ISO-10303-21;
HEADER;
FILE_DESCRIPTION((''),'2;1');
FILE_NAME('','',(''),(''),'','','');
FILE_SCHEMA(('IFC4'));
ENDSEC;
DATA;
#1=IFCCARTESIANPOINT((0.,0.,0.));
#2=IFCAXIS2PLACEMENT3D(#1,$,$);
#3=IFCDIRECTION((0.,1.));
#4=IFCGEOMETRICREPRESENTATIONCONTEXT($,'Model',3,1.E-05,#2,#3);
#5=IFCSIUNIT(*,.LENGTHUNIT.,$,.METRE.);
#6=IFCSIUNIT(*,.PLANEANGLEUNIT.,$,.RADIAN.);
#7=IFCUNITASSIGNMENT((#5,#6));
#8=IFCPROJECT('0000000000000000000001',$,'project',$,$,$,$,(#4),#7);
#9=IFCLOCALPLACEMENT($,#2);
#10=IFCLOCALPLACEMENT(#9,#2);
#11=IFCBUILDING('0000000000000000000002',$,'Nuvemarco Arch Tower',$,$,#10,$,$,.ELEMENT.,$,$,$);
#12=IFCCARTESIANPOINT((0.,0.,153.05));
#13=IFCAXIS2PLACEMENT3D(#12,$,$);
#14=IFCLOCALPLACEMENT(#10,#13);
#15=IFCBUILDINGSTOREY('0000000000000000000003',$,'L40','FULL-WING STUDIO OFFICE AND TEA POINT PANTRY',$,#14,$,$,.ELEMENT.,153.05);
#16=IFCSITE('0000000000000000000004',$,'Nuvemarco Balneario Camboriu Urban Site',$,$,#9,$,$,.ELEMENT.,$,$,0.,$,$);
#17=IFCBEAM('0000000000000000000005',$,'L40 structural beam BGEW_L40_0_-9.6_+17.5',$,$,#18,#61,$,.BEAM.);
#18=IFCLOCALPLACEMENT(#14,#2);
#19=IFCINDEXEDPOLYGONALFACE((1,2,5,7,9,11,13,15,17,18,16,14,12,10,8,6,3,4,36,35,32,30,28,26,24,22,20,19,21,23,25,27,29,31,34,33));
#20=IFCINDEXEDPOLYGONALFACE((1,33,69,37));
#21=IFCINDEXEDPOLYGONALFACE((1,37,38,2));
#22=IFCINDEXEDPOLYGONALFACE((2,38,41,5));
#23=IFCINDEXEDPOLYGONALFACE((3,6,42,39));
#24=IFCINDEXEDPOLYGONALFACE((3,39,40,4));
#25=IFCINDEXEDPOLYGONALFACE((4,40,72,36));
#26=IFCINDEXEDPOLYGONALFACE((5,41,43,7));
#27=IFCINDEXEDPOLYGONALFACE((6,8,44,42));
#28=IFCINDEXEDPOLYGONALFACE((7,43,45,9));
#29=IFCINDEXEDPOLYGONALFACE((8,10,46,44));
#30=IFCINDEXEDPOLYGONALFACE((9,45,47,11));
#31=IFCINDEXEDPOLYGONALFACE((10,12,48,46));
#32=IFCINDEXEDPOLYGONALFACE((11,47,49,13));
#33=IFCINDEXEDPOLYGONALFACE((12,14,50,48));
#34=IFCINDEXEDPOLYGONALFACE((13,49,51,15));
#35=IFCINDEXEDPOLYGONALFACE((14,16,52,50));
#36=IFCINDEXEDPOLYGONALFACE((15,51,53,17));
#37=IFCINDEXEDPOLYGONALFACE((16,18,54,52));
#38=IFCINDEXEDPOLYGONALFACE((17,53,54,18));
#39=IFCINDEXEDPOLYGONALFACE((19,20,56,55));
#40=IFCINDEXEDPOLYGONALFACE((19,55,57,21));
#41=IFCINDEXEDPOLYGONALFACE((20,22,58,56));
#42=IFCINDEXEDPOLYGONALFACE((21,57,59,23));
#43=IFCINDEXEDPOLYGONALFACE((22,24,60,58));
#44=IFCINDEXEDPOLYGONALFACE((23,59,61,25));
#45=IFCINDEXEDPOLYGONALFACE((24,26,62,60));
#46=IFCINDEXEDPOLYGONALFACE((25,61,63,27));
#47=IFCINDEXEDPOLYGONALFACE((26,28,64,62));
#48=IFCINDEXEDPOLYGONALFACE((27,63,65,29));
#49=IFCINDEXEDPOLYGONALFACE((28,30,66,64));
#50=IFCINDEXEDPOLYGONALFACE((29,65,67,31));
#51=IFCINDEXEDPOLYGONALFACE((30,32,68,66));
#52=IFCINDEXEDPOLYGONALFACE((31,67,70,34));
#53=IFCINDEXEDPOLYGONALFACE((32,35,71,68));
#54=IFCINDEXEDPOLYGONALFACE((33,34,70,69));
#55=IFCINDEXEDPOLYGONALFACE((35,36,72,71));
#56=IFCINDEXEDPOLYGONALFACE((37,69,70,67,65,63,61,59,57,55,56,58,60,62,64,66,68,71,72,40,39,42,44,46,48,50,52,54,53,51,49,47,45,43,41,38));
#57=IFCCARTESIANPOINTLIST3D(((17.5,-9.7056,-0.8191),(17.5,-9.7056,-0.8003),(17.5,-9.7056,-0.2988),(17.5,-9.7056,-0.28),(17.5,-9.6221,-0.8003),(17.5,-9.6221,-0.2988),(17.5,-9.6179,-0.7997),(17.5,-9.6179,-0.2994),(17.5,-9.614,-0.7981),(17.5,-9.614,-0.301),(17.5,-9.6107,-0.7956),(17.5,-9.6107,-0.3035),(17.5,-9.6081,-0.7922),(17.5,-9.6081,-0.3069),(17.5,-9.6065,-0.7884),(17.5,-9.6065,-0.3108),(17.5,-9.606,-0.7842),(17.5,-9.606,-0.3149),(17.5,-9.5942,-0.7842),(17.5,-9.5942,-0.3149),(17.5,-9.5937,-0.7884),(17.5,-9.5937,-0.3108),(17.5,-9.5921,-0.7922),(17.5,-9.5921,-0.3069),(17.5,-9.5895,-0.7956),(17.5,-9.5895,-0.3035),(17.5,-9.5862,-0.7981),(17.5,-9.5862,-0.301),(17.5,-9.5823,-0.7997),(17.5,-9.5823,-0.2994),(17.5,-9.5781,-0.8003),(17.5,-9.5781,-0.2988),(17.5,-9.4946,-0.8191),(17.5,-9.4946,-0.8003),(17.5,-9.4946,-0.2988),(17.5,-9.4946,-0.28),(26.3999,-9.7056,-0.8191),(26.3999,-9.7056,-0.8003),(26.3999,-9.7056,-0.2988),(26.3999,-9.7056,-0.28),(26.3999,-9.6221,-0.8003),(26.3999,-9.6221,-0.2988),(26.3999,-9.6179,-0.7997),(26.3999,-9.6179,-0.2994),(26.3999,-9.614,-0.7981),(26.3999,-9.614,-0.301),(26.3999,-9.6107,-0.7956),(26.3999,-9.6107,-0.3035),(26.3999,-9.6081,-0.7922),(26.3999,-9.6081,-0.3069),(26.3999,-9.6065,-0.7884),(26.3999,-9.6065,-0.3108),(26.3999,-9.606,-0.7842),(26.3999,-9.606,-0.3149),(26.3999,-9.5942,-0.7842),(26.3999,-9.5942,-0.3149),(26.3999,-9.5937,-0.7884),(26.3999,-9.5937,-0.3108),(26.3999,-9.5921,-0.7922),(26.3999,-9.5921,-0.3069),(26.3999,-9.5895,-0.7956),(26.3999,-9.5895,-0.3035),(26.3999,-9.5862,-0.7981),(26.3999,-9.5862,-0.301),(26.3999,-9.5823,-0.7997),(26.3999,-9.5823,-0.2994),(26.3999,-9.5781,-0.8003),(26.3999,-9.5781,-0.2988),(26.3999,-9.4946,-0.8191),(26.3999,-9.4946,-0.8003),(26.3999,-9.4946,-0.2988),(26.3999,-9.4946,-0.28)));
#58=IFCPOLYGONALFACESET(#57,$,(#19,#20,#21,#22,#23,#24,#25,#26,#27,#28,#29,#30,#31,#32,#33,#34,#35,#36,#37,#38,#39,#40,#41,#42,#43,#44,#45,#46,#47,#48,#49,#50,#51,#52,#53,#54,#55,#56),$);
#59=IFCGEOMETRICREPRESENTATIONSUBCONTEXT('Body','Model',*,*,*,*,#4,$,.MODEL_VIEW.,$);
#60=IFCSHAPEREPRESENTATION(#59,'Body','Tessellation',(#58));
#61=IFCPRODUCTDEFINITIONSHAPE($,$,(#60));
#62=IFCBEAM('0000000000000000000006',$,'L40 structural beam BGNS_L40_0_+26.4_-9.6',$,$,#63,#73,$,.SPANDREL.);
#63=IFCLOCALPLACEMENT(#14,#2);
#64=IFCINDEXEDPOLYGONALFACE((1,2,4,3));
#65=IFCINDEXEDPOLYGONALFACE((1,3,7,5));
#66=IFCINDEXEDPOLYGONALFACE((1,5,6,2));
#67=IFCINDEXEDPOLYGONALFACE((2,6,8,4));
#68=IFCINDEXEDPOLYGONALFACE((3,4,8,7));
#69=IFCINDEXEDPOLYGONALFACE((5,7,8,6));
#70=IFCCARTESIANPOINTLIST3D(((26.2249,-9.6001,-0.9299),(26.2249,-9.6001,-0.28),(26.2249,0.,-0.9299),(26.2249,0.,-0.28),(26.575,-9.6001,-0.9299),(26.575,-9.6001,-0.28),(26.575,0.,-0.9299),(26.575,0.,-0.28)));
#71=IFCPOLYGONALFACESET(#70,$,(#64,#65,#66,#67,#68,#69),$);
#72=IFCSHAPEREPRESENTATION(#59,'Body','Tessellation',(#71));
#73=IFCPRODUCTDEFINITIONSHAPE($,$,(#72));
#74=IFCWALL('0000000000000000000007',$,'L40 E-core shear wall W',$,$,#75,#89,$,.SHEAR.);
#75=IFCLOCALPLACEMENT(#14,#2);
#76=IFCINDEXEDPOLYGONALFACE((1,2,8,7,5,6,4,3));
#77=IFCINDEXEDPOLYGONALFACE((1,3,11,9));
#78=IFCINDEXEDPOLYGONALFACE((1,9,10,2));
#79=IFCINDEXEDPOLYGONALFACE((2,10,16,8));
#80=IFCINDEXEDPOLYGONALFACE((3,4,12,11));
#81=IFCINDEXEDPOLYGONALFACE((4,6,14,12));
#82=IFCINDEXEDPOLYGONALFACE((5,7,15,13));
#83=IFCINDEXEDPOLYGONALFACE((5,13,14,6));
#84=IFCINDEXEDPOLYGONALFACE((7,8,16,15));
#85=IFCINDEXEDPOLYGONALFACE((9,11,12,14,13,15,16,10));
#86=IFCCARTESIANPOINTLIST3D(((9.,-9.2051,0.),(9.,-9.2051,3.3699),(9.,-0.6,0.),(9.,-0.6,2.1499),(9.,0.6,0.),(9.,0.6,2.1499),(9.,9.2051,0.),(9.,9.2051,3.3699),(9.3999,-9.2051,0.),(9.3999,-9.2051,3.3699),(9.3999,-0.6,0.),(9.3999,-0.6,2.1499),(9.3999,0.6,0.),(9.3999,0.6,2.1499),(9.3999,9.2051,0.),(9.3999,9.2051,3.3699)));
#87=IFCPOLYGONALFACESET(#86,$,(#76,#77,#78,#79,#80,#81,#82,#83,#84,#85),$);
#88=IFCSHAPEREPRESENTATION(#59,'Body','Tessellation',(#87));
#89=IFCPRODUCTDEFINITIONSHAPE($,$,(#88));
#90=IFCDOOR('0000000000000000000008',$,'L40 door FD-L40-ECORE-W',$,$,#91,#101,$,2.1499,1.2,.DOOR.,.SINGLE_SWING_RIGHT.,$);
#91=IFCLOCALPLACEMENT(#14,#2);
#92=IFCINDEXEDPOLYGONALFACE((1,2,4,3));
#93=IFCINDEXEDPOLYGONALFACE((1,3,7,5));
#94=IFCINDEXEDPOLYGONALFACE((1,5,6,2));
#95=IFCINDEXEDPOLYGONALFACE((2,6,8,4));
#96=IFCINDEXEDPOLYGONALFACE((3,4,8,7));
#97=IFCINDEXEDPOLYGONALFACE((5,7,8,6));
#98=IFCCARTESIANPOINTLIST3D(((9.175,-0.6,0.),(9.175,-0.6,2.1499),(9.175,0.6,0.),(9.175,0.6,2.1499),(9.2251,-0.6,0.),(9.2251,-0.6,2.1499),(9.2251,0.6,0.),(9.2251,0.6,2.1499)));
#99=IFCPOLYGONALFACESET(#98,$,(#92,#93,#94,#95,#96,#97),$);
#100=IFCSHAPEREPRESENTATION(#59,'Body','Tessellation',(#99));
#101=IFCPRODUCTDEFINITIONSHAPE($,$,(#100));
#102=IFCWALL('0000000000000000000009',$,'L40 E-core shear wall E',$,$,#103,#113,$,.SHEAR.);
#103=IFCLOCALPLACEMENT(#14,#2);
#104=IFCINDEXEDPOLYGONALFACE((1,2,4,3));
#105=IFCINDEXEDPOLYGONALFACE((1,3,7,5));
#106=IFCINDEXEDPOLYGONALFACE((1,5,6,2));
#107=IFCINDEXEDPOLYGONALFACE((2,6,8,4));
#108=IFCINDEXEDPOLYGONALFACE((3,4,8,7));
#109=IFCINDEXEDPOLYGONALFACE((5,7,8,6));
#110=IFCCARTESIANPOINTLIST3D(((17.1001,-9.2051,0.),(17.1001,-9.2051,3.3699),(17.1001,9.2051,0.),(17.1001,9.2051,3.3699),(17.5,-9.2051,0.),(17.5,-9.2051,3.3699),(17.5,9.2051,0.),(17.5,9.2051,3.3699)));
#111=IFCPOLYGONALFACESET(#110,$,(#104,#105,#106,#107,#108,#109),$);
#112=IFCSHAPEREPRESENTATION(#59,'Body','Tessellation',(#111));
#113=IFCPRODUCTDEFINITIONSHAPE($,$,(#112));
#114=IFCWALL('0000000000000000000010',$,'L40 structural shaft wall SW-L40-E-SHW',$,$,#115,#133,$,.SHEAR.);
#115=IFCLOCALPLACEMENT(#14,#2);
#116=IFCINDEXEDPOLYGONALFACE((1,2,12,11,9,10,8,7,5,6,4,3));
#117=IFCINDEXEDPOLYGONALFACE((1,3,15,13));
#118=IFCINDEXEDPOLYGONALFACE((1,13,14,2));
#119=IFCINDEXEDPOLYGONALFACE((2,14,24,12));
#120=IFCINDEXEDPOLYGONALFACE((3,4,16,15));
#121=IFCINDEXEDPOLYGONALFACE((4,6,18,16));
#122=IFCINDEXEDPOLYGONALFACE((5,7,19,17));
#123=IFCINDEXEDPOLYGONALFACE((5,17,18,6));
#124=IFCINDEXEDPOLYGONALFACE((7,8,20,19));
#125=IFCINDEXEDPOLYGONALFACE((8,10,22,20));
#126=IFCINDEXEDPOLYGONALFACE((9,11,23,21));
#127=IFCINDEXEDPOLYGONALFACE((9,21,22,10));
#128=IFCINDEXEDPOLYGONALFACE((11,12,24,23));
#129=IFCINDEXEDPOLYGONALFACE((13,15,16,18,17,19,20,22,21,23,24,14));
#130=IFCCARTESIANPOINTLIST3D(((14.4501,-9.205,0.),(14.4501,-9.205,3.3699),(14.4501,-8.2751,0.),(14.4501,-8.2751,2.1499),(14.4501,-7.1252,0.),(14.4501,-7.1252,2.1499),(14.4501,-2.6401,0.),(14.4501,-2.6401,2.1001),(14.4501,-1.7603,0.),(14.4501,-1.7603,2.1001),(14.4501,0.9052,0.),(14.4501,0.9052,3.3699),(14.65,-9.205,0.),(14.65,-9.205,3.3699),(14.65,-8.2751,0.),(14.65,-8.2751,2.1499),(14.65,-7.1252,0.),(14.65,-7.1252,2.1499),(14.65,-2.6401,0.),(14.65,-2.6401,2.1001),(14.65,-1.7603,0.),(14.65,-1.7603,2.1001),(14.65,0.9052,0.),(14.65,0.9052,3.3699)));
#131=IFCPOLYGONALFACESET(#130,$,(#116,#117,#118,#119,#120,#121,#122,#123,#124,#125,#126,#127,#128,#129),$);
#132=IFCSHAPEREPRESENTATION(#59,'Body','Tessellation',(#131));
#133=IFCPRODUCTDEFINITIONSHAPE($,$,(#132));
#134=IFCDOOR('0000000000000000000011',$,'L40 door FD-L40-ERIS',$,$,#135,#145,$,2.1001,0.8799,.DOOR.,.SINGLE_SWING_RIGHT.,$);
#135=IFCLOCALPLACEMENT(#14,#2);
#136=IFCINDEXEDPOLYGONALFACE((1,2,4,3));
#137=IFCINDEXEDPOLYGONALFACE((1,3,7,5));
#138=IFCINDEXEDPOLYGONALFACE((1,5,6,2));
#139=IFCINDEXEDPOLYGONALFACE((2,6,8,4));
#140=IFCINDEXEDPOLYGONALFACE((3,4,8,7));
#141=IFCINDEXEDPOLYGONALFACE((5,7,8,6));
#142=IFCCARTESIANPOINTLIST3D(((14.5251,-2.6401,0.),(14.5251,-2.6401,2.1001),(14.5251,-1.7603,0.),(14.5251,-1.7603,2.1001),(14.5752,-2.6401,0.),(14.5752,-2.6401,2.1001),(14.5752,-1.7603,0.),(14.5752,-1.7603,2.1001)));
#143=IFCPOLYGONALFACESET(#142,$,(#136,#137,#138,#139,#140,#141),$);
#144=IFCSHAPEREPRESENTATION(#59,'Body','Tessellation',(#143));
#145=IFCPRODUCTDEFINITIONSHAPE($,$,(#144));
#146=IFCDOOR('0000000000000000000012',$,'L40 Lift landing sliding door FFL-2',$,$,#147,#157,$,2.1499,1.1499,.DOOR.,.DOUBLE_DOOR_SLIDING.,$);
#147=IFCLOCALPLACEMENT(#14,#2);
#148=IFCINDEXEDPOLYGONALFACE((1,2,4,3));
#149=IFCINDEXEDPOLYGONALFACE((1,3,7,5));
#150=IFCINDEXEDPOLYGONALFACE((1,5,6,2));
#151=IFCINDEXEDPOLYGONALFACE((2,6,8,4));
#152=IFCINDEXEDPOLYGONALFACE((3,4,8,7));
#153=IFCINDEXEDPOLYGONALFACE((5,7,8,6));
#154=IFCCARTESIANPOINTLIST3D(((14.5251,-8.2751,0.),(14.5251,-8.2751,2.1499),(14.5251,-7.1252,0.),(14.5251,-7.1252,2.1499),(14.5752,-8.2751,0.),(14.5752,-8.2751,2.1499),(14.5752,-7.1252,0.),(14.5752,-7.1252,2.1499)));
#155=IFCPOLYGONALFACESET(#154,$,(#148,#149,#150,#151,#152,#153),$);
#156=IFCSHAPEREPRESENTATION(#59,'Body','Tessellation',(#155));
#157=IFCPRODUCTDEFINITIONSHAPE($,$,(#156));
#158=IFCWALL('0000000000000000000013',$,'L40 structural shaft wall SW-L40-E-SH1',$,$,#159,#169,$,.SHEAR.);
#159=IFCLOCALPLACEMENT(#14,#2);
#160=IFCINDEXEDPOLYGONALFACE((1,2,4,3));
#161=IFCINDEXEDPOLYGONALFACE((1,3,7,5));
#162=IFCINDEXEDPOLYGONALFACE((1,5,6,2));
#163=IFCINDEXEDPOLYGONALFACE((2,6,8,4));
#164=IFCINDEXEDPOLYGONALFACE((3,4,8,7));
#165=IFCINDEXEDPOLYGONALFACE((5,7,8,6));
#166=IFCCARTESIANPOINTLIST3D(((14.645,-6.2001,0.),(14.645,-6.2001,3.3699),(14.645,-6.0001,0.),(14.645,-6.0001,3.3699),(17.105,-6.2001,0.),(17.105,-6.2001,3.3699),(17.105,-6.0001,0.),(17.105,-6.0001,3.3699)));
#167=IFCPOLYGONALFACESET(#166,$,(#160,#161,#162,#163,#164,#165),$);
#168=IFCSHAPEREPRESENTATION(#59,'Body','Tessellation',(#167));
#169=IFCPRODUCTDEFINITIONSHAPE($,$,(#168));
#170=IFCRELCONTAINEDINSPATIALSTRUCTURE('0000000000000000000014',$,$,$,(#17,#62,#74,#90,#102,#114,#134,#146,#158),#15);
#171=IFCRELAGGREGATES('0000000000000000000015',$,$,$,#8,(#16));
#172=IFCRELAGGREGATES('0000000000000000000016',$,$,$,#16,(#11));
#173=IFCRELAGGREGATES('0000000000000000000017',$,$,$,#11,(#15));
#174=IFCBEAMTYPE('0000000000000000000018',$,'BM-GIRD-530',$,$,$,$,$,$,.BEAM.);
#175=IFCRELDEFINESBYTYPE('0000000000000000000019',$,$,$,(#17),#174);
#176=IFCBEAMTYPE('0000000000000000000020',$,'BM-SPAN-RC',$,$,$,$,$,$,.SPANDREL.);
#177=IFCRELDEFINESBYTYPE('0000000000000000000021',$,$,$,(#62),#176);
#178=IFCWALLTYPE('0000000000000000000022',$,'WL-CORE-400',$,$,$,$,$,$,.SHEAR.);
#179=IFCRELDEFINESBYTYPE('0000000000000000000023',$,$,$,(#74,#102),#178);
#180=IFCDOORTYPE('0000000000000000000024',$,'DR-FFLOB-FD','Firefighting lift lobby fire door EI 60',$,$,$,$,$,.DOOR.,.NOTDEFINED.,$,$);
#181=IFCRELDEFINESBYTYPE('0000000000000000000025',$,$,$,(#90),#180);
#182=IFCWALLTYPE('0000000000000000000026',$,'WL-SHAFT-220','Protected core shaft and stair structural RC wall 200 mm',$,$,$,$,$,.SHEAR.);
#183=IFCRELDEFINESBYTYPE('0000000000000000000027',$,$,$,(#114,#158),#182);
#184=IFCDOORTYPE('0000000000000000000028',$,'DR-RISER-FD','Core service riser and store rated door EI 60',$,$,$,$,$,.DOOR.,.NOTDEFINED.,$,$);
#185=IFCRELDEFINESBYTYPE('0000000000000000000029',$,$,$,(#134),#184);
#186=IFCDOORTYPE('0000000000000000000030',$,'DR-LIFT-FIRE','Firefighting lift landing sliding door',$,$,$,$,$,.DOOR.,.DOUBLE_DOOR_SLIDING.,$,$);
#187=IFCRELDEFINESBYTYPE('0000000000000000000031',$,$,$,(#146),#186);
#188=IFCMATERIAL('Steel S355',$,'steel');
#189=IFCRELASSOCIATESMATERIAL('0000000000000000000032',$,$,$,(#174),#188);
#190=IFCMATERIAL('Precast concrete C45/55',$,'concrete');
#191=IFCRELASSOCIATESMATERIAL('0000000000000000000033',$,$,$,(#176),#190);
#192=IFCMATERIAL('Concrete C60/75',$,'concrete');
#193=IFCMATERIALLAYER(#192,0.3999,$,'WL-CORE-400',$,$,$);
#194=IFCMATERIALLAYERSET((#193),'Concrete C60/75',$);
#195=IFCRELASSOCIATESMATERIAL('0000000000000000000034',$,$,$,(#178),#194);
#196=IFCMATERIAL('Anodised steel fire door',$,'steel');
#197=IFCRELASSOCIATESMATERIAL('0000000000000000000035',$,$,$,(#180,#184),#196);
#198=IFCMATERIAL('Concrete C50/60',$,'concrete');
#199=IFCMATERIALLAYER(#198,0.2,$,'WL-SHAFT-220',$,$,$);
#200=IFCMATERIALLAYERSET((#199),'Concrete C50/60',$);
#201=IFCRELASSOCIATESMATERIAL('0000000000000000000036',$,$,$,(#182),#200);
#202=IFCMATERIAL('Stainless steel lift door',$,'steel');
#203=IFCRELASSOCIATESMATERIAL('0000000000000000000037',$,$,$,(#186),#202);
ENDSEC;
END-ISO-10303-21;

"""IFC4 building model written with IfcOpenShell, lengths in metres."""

from ifc_helpers import new_model, si_unit, direction, frame, frame_2d, origin, origin_2d, place, context, subcontext, project, spatial, rectangle, i_section, extrude, source, transform, mapped, material, layer, layer_set, material_profile, profile_set, type_object, type_shapes, element, fill, save


model = new_model("IFC4")

# Units and contexts
model_context = context("Model", 3, precision=1e-05, world=origin(), true_north=direction((0.0, 1.0)))
body_context = subcontext(model_context, "Body", "Model", "MODEL_VIEW")
ifc_project = project(units=[si_unit("LENGTHUNIT", "METRE"), si_unit("PLANEANGLEUNIT", "RADIAN")], contexts=[model_context])

# Site, building, storey
site_placement = place(None, origin())
site = spatial("IfcSite", under=ifc_project, at=site_placement, Name="Nuvemarco Balneario Camboriu Urban Site", CompositionType="ELEMENT", RefElevation=0.0)
building_placement = place(site_placement, origin())
building = spatial("IfcBuilding", under=site, at=building_placement, Name="Nuvemarco Arch Tower", CompositionType="ELEMENT")
storey_placement = place(building_placement, frame((0.0, 0.0, 153.05)))
storey = spatial("IfcBuildingStorey", under=building, at=storey_placement, Name="L40", Description="FULL-WING STUDIO OFFICE AND TEA POINT PANTRY", CompositionType="ELEMENT", Elevation=153.05)

# Shared definitions
ifc_material_1 = material(Name="Concrete C50/60", Category="concrete")
ifc_material_2 = material(Name="Steel S355", Category="steel")

# Beams
ifc_material_profile_1 = material_profile(ifc_material_2, i_section(OverallWidth=0.2109, OverallDepth=0.5391, WebThickness=0.0117, FlangeThickness=0.0188, FilletRadius=0.0161, at=origin_2d()), Name="W530x109")
ifc_profile_set_1 = profile_set([ifc_material_profile_1], Name="Steel S355")
beam_type_1 = type_object("IfcBeamType", Name="BM-GIRD-530", PredefinedType="BEAM", material=ifc_profile_set_1)
beam_1_placement = place(storey_placement, frame((17.5, -9.6001, -0.5496), z_axis=(1.0, 0.0, 0.0), x_axis=(0.0, 1.0, 0.0)))
element("IfcBeam", 1, at=beam_1_placement, inside=storey, type_object=beam_type_1, Name="L40 structural beam BGEW_L40_0_-9.6_+17.5", PredefinedType="BEAM", context=body_context, shape_type="SweptSolid", body=[
    extrude(i_section(OverallWidth=0.2109, OverallDepth=0.5391, WebThickness=0.0117, FlangeThickness=0.0188, FilletRadius=0.0161, at=origin_2d()), origin(), (0.0, 0.0, 1.0), 8.8999),
])
ifc_material_3 = material(Name="Precast concrete C45/55", Category="concrete")
ifc_material_profile_2 = material_profile(ifc_material_3, rectangle(XDim=0.3501, YDim=0.6499, at=origin_2d()), Name="PC-SP-350x650")
ifc_profile_set_2 = profile_set([ifc_material_profile_2], Name="Precast concrete C45/55")
beam_type_2 = type_object("IfcBeamType", Name="BM-SPAN-RC", PredefinedType="SPANDREL", material=ifc_profile_set_2)
beam_2_placement = place(storey_placement, frame((26.3999, -9.6001, -0.605), z_axis=(0.0, 1.0, 0.0), x_axis=(-1.0, 0.0, 0.0)))
element("IfcBeam", 2, at=beam_2_placement, inside=storey, type_object=beam_type_2, Name="L40 structural beam BGNS_L40_0_+26.4_-9.6", PredefinedType="SPANDREL", context=body_context, shape_type="SweptSolid", body=[
    extrude(rectangle(XDim=0.3501, YDim=0.6499, at=origin_2d()), origin(), (0.0, 0.0, 1.0), 9.6001),
])

# Wall, opening, door
ifc_material_4 = material(Name="Concrete C60/75", Category="concrete")
ifc_layer_1 = layer(ifc_material_4, 0.3999, Name="WL-CORE-400")
ifc_layer_set_1 = layer_set([ifc_layer_1], Name="Concrete C60/75")
wall_type_1 = type_object("IfcWallType", Name="WL-CORE-400", PredefinedType="SHEAR", material=ifc_layer_set_1)
wall_1_placement = place(storey_placement, frame((9.2, -9.2051, 0.0), z_axis=(0.0, 0.0, 1.0), x_axis=(0.0, 1.0, 0.0)))
wall_1 = element("IfcWall", 3, at=wall_1_placement, inside=storey, type_object=wall_type_1, Name="L40 E-core shear wall W", PredefinedType="SHEAR", context=body_context, shape_type="SweptSolid", body=[
    extrude(rectangle(XDim=18.4102, YDim=0.3999, at=frame_2d((9.2051, 0.0))), origin(), (0.0, 0.0, 1.0), 3.3699),
])
opening_1_placement = place(wall_1_placement, frame((8.605, 0.0, 0.0)))
opening_1 = element("IfcOpeningElement", 4, at=opening_1_placement, cuts=wall_1, PredefinedType="OPENING", context=body_context, shape_type="SweptSolid", body=[
    extrude(rectangle(XDim=1.2, YDim=2.1499, at=frame_2d((0.6001, 1.075))), frame((0.0, 0.21, 0.0), z_axis=(0.0, -1.0, 0.0), x_axis=(1.0, 0.0, 0.0)), (0.0, 0.0, 1.0), 0.4199),
])
ifc_material_5 = material(Name="Anodised steel fire door", Category="steel")
door_type_1 = type_object("IfcDoorType", Name="DR-FFLOB-FD", Description="Firefighting lift lobby fire door EI 60", OperationType="NOTDEFINED", PredefinedType="DOOR", material=ifc_material_5)
shared_shape_1 = source(origin(), body_context, "Body", "SweptSolid", [
    extrude(rectangle(XDim=1.2, YDim=2.1499, at=frame_2d((0.6001, 1.075))), frame((0.0, 0.0249, 0.0), z_axis=(0.0, -1.0, 0.0), x_axis=(1.0, 0.0, 0.0)), (0.0, 0.0, 1.0), 0.05),
])
type_shapes(door_type_1, [shared_shape_1])
door_1_placement = place(opening_1_placement, origin())
door_1 = element("IfcDoor", 5, at=door_1_placement, inside=storey, type_object=door_type_1, Name="L40 door FD-L40-ECORE-W", OperationType="SINGLE_SWING_RIGHT", OverallHeight=2.1499, OverallWidth=1.2, PredefinedType="DOOR", context=body_context, shape_type="MappedRepresentation", body=[
    mapped(shared_shape_1, transform((0.0, 0.0, 0.0), scale=1.0)),
])
fill(opening_1, door_1)

# Wall
wall_2_placement = place(storey_placement, frame((17.3, -9.2051, 0.0), z_axis=(0.0, 0.0, 1.0), x_axis=(0.0, 1.0, 0.0)))
element("IfcWall", 6, at=wall_2_placement, inside=storey, type_object=wall_type_1, Name="L40 E-core shear wall E", PredefinedType="SHEAR", context=body_context, shape_type="SweptSolid", body=[
    extrude(rectangle(XDim=18.4102, YDim=0.3999, at=frame_2d((9.2051, 0.0))), origin(), (0.0, 0.0, 1.0), 3.3699),
])

# Wall, openings, doors
ifc_layer_2 = layer(ifc_material_1, 0.2, Name="WL-SHAFT-220")
ifc_layer_set_2 = layer_set([ifc_layer_2], Name="Concrete C50/60")
wall_type_2 = type_object("IfcWallType", Name="WL-SHAFT-220", Description="Protected core shaft and stair structural RC wall 200 mm", PredefinedType="SHEAR", material=ifc_layer_set_2)
wall_3_placement = place(storey_placement, frame((14.55, -9.2051, 0.0), z_axis=(0.0, 0.0, 1.0), x_axis=(0.0, 1.0, 0.0)))
wall_3 = element("IfcWall", 7, at=wall_3_placement, inside=storey, type_object=wall_type_2, Name="L40 structural shaft wall SW-L40-E-SHW", PredefinedType="SHEAR", context=body_context, shape_type="SweptSolid", body=[
    extrude(rectangle(XDim=10.1101, YDim=0.2, at=frame_2d((5.0552, 0.0))), origin(), (0.0, 0.0, 1.0), 3.3699),
])
opening_2_placement = place(wall_3_placement, frame((6.5649, 0.0, 0.0)))
opening_2 = element("IfcOpeningElement", 8, at=opening_2_placement, cuts=wall_3, PredefinedType="OPENING", context=body_context, shape_type="SweptSolid", body=[
    extrude(rectangle(XDim=0.8799, YDim=2.1001, at=frame_2d((0.4399, 1.05))), frame((0.0, 0.1099, 0.0), z_axis=(0.0, -1.0, 0.0), x_axis=(1.0, 0.0, 0.0)), (0.0, 0.0, 1.0), 0.22),
])
opening_3_placement = place(wall_3_placement, frame((0.9299, 0.0, 0.0)))
opening_3 = element("IfcOpeningElement", 9, at=opening_3_placement, cuts=wall_3, PredefinedType="OPENING", context=body_context, shape_type="SweptSolid", body=[
    extrude(rectangle(XDim=1.1499, YDim=2.1499, at=frame_2d((0.575, 1.075))), frame((0.0, 0.1099, 0.0), z_axis=(0.0, -1.0, 0.0), x_axis=(1.0, 0.0, 0.0)), (0.0, 0.0, 1.0), 0.22),
])
door_type_2 = type_object("IfcDoorType", Name="DR-RISER-FD", Description="Core service riser and store rated door EI 60", OperationType="NOTDEFINED", PredefinedType="DOOR", material=ifc_material_5)
shared_shape_2 = source(origin(), body_context, "Body", "SweptSolid", [
    extrude(rectangle(XDim=0.8799, YDim=2.1001, at=frame_2d((0.4399, 1.05))), frame((0.0, 0.0249, 0.0), z_axis=(0.0, -1.0, 0.0), x_axis=(1.0, 0.0, 0.0)), (0.0, 0.0, 1.0), 0.05),
])
type_shapes(door_type_2, [shared_shape_2])
door_2_placement = place(opening_2_placement, origin())
door_2 = element("IfcDoor", 10, at=door_2_placement, inside=storey, type_object=door_type_2, Name="L40 door FD-L40-ERIS", OperationType="SINGLE_SWING_RIGHT", OverallHeight=2.1001, OverallWidth=0.8799, PredefinedType="DOOR", context=body_context, shape_type="MappedRepresentation", body=[
    mapped(shared_shape_2, transform((0.0, 0.0, 0.0), scale=1.0)),
])
fill(opening_2, door_2)
ifc_material_6 = material(Name="Stainless steel lift door", Category="steel")
door_type_3 = type_object("IfcDoorType", Name="DR-LIFT-FIRE", Description="Firefighting lift landing sliding door", OperationType="DOUBLE_DOOR_SLIDING", PredefinedType="DOOR", material=ifc_material_6)
shared_shape_3 = source(origin(), body_context, "Body", "SweptSolid", [
    extrude(rectangle(XDim=1.1499, YDim=2.1499, at=frame_2d((0.575, 1.075))), frame((0.0, 0.0249, 0.0), z_axis=(0.0, -1.0, 0.0), x_axis=(1.0, 0.0, 0.0)), (0.0, 0.0, 1.0), 0.05),
])
type_shapes(door_type_3, [shared_shape_3])
door_3_placement = place(opening_3_placement, origin())
door_3 = element("IfcDoor", 11, at=door_3_placement, inside=storey, type_object=door_type_3, Name="L40 Lift landing sliding door FFL-2", OperationType="DOUBLE_DOOR_SLIDING", OverallHeight=2.1499, OverallWidth=1.1499, PredefinedType="DOOR", context=body_context, shape_type="MappedRepresentation", body=[
    mapped(shared_shape_3, transform((0.0, 0.0, 0.0), scale=1.0)),
])
fill(opening_3, door_3)

# Wall
wall_4_placement = place(storey_placement, frame((14.645, -6.1001, 0.0), z_axis=(0.0, 0.0, 1.0), x_axis=(1.0, 0.0, 0.0)))
element("IfcWall", 12, at=wall_4_placement, inside=storey, type_object=wall_type_2, Name="L40 structural shaft wall SW-L40-E-SH1", PredefinedType="SHEAR", context=body_context, shape_type="SweptSolid", body=[
    extrude(rectangle(XDim=2.46, YDim=0.2, at=frame_2d((1.23, 0.0))), origin(), (0.0, 0.0, 1.0), 3.3699),
])

save(model, "model.ifc")
